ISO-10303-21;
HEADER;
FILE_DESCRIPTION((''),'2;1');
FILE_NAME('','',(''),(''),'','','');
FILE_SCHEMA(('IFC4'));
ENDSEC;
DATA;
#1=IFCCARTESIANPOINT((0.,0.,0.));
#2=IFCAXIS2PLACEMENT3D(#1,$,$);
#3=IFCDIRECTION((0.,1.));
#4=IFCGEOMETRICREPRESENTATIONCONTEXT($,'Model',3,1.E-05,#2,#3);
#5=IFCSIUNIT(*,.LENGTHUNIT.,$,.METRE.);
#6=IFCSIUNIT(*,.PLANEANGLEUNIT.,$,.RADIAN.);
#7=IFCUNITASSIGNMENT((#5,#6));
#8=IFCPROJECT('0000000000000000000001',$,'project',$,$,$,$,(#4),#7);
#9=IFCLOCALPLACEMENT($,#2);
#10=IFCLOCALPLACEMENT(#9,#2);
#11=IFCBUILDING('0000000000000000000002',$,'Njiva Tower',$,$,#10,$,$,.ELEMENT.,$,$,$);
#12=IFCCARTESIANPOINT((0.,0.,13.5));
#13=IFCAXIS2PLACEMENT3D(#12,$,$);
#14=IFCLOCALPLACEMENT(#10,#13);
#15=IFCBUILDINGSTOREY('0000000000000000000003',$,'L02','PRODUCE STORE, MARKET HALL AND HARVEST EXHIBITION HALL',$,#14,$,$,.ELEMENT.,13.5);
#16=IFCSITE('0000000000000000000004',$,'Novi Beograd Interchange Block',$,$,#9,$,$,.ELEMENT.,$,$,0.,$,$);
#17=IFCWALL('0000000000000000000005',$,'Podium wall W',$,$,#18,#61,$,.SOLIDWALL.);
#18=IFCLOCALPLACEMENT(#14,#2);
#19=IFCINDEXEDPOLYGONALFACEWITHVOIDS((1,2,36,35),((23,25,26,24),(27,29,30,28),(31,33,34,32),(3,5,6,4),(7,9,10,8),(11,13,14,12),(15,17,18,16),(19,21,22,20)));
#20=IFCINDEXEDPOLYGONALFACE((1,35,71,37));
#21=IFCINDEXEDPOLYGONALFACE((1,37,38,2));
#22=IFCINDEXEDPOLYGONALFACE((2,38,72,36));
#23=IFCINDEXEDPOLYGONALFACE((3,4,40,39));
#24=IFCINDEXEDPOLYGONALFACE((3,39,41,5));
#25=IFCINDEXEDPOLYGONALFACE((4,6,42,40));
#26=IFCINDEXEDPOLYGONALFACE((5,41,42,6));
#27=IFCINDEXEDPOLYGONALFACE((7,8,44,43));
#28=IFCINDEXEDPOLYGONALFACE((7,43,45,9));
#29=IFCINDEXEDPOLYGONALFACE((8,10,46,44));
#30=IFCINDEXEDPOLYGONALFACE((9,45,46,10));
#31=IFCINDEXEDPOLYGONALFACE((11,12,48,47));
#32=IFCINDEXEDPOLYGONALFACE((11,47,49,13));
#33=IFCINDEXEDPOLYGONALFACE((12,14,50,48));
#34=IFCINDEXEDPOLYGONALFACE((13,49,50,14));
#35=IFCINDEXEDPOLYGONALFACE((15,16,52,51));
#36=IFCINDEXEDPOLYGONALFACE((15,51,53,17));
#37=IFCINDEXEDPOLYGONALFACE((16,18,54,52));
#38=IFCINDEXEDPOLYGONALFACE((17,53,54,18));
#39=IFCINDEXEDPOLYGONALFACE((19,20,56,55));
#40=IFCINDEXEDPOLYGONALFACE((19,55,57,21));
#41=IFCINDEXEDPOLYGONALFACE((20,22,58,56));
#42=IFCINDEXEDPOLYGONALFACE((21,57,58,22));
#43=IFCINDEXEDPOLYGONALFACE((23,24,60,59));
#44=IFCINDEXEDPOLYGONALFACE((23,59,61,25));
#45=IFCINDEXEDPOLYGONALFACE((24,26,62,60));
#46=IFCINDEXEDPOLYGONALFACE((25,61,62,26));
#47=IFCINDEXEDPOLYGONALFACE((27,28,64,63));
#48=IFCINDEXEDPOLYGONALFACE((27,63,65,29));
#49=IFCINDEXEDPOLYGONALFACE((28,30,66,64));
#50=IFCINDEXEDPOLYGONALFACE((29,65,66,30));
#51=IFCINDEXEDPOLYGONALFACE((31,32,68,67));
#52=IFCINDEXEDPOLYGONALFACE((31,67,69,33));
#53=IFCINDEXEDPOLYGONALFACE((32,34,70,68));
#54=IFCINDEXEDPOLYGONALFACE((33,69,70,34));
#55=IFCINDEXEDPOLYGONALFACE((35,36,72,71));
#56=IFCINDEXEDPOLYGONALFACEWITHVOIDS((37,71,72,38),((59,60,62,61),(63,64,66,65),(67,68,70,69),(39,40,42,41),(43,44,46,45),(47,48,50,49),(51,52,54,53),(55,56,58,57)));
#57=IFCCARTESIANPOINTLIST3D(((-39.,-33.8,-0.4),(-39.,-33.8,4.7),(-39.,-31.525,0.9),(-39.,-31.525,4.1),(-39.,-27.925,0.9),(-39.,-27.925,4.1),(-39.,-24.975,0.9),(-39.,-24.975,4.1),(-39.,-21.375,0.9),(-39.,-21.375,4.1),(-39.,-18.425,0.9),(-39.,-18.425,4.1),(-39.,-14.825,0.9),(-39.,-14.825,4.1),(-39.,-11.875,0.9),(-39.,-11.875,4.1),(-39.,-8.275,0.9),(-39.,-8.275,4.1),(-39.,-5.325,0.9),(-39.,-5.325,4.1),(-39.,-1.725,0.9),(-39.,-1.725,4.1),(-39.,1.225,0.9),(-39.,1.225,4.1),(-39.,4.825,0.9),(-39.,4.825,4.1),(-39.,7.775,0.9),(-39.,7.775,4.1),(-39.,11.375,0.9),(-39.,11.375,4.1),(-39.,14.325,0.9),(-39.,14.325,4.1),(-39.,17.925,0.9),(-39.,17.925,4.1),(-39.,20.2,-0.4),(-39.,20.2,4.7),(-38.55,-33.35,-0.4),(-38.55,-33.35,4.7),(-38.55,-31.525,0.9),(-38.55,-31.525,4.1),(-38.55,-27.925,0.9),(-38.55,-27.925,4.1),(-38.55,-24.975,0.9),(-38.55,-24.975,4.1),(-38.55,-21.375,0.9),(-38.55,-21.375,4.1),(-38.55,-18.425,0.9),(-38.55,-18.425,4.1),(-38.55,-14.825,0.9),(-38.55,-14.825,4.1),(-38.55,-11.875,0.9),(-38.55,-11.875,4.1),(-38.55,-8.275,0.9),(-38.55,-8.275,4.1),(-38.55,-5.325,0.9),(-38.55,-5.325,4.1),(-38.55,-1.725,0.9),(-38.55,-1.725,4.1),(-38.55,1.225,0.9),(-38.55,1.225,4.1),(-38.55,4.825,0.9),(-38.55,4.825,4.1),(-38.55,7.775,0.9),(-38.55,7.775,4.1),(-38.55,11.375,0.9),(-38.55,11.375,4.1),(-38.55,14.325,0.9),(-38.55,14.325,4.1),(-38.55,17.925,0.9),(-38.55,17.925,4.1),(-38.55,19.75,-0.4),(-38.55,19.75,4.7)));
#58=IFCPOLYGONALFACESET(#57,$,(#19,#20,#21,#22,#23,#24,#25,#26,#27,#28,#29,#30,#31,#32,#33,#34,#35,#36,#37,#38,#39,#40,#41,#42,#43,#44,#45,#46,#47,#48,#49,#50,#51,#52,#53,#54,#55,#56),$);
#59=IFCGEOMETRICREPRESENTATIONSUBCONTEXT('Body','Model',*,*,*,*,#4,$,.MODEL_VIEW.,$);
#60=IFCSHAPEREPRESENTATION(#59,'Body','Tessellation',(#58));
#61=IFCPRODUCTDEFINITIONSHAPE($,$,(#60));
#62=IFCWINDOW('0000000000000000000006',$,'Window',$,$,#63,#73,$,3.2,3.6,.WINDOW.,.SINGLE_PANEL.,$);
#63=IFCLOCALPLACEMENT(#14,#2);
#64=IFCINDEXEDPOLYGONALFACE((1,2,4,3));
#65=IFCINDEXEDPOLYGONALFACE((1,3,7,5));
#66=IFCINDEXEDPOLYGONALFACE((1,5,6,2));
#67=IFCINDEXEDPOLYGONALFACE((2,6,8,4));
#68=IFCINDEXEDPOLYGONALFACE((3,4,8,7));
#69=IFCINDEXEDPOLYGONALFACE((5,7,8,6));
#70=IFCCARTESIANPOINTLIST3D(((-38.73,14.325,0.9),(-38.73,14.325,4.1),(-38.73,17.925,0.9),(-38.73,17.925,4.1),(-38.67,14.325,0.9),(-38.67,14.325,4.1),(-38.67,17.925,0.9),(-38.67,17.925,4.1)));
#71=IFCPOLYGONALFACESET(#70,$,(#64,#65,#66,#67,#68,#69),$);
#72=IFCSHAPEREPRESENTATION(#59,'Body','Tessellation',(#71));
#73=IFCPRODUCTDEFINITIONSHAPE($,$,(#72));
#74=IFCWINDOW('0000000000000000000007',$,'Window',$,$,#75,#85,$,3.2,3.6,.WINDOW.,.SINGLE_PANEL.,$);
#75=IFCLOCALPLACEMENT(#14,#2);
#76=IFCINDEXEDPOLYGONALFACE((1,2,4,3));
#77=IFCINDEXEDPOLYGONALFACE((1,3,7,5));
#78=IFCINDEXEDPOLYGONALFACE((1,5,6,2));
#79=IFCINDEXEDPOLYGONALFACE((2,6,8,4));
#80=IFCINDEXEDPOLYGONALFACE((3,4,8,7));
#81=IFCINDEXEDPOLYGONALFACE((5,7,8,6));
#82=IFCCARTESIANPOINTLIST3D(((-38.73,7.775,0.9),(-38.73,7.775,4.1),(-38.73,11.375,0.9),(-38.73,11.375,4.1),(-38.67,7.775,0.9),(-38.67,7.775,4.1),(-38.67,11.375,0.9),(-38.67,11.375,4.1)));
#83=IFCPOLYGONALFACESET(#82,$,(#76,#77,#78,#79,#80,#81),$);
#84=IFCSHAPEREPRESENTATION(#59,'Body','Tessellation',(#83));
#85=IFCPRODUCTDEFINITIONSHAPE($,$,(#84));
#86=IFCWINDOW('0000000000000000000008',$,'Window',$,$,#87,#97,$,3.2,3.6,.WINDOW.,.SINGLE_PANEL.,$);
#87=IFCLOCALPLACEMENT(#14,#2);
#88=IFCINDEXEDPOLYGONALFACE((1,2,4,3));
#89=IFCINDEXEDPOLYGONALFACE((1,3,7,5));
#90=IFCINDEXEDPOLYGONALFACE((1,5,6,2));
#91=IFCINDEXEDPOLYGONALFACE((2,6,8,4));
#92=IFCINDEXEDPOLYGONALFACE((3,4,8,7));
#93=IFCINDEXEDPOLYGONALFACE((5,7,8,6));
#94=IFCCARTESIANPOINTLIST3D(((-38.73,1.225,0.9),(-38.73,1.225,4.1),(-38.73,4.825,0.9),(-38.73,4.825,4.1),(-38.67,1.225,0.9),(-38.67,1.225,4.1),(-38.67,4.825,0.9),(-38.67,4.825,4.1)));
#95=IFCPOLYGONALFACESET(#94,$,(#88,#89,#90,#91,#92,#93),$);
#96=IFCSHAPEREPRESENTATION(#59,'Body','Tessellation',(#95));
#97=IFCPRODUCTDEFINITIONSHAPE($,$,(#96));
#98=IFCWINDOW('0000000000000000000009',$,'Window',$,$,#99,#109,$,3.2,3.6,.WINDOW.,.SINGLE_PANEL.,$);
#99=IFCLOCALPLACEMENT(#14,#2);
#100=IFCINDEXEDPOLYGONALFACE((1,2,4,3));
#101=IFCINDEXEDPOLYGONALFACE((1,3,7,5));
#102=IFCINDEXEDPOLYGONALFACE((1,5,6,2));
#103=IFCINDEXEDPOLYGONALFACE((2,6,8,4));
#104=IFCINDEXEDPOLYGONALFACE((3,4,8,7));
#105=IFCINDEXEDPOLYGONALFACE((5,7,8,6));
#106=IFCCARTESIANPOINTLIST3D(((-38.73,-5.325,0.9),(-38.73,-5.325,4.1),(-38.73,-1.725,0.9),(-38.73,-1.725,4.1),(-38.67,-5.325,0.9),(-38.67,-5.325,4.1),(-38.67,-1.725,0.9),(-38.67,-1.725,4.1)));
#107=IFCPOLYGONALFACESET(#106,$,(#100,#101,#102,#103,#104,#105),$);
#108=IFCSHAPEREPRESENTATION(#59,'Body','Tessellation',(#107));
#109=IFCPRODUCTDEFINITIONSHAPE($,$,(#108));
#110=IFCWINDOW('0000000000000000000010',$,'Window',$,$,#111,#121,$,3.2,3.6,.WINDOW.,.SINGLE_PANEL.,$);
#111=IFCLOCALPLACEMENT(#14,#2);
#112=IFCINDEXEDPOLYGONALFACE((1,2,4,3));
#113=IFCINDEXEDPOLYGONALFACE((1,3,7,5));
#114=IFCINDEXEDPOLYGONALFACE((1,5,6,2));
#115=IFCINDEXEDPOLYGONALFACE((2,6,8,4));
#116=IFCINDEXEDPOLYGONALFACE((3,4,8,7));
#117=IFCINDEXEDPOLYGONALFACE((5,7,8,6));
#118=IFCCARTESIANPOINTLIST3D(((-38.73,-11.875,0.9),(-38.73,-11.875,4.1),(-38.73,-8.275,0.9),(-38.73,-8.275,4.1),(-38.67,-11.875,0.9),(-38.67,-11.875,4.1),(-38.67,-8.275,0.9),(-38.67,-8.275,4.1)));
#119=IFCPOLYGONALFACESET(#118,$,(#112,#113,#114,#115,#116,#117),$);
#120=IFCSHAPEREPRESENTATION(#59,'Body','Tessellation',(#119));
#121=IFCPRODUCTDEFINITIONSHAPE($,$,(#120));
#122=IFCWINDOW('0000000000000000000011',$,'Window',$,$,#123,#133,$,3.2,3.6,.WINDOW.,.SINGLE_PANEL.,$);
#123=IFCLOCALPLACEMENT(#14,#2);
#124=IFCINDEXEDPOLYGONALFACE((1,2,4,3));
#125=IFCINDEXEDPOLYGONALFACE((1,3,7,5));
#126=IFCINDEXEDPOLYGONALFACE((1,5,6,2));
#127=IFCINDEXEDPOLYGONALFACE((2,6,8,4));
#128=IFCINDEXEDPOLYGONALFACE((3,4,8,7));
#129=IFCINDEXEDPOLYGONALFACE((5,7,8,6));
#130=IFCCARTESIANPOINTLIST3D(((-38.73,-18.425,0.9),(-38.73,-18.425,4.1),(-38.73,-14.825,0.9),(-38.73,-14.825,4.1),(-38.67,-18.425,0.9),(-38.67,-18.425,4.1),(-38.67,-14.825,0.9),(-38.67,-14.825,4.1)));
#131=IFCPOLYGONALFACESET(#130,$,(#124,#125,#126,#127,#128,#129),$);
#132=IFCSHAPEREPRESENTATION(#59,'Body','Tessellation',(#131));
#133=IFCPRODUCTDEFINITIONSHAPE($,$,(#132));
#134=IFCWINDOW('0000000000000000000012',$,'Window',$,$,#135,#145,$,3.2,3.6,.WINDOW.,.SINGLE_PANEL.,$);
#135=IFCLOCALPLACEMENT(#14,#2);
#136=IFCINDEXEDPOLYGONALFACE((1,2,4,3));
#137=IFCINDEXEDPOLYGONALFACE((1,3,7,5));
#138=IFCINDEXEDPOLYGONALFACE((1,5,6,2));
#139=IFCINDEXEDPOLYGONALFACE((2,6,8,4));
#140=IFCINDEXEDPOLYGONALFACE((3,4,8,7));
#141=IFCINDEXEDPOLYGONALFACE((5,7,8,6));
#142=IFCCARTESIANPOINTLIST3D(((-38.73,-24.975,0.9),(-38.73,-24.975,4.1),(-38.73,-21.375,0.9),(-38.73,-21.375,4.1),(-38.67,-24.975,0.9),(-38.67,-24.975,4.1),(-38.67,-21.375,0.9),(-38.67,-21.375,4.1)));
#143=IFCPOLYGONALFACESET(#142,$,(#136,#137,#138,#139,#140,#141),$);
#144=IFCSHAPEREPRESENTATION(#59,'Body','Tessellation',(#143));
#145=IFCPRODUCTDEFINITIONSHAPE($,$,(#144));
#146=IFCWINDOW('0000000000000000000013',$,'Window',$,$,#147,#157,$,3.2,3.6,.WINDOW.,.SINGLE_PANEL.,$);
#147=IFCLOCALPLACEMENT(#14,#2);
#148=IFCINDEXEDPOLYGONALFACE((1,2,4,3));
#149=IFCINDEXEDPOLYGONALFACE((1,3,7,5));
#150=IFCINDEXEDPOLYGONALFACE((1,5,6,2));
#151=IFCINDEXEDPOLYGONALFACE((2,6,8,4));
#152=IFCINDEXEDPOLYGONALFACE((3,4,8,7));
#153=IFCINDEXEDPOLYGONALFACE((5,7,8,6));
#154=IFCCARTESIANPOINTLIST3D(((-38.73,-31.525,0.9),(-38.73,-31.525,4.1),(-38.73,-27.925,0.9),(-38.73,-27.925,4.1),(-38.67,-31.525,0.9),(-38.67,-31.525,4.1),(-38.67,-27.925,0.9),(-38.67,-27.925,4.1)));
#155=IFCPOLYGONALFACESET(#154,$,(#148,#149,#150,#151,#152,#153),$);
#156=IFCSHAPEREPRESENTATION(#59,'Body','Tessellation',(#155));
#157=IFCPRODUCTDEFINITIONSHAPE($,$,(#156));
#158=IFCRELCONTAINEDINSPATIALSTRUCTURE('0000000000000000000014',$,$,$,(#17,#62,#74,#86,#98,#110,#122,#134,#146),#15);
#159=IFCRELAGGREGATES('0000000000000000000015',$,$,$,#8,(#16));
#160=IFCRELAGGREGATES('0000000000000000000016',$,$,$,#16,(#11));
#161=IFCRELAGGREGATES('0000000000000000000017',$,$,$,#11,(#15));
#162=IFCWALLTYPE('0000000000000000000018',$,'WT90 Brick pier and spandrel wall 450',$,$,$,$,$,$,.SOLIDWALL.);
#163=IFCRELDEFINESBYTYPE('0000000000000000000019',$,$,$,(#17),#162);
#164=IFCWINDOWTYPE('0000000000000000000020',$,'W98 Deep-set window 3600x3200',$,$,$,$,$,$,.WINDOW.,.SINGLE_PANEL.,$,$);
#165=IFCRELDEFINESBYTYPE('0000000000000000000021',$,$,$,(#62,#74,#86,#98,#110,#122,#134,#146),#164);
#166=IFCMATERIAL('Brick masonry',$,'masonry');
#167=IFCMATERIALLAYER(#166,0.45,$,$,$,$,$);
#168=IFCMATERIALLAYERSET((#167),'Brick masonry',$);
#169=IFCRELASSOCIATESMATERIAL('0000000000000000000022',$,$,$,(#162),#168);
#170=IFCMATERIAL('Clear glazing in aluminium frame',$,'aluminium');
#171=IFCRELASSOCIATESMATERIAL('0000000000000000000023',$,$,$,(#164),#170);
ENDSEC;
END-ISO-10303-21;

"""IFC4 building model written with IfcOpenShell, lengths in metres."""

from ifc_helpers import new_model, si_unit, direction, frame, frame_2d, origin, place, context, subcontext, project, spatial, polyline, rectangle, outline, extrude, material, layer, layer_set, type_object, element, fill, save


model = new_model("IFC4")

# Units and contexts
model_context = context("Model", 3, precision=1e-05, world=origin(), true_north=direction((0.0, 1.0)))
body_context = subcontext(model_context, "Body", "Model", "MODEL_VIEW")
ifc_project = project(units=[si_unit("LENGTHUNIT", "METRE"), si_unit("PLANEANGLEUNIT", "RADIAN")], contexts=[model_context])

# Site, building, storey
site_placement = place(None, origin())
site = spatial("IfcSite", under=ifc_project, at=site_placement, Name="Novi Beograd Interchange Block", CompositionType="ELEMENT", RefElevation=0.0)
building_placement = place(site_placement, origin())
building = spatial("IfcBuilding", under=site, at=building_placement, Name="Njiva Tower", CompositionType="ELEMENT")
storey_placement = place(building_placement, frame((0.0, 0.0, 13.5)))
storey = spatial("IfcBuildingStorey", under=building, at=storey_placement, Name="L02", Description="PRODUCE STORE, MARKET HALL AND HARVEST EXHIBITION HALL", CompositionType="ELEMENT", Elevation=13.5)

# Wall, openings, windows
ifc_material_1 = material(Name="Brick masonry", Category="masonry")
ifc_layer = layer(ifc_material_1, 0.45)
ifc_layer_set = layer_set([ifc_layer], Name="Brick masonry")
wall_type = type_object("IfcWallType", Name="WT90 Brick pier and spandrel wall 450", PredefinedType="SOLIDWALL", material=ifc_layer_set)
wall_placement = place(storey_placement, frame((-38.775, 19.975, -0.4), z_axis=(0.0, 0.0, 1.0), x_axis=(0.0, -1.0, 0.0)))
wall = element("IfcWall", 1, at=wall_placement, inside=storey, type_object=wall_type, Name="Podium wall W", PredefinedType="SOLIDWALL", context=body_context, shape_type="SweptSolid", body=[
    extrude(outline(polyline([(-0.225, -0.225), (53.775, -0.225), (53.325, 0.225), (0.225, 0.225), (-0.225, -0.225)])), origin(), (0.0, 0.0, 1.0), 5.1),
])
opening_1_placement = place(wall_placement, frame((2.05, 0.0, 1.3)))
opening_1 = element("IfcOpeningElement", 2, at=opening_1_placement, cuts=wall, PredefinedType="OPENING", context=body_context, shape_type="SweptSolid", body=[
    extrude(rectangle(XDim=3.6, YDim=3.2, at=frame_2d((1.8, 1.6))), frame((0.0, 0.235, 0.0), z_axis=(0.0, -1.0, 0.0), x_axis=(1.0, 0.0, 0.0)), (0.0, 0.0, 1.0), 0.47),
])
opening_2_placement = place(wall_placement, frame((8.6, 0.0, 1.3)))
opening_2 = element("IfcOpeningElement", 3, at=opening_2_placement, cuts=wall, PredefinedType="OPENING", context=body_context, shape_type="SweptSolid", body=[
    extrude(rectangle(XDim=3.6, YDim=3.2, at=frame_2d((1.8, 1.6))), frame((0.0, 0.235, 0.0), z_axis=(0.0, -1.0, 0.0), x_axis=(1.0, 0.0, 0.0)), (0.0, 0.0, 1.0), 0.47),
])
opening_3_placement = place(wall_placement, frame((15.15, 0.0, 1.3)))
opening_3 = element("IfcOpeningElement", 4, at=opening_3_placement, cuts=wall, PredefinedType="OPENING", context=body_context, shape_type="SweptSolid", body=[
    extrude(rectangle(XDim=3.6, YDim=3.2, at=frame_2d((1.8, 1.6))), frame((0.0, 0.235, 0.0), z_axis=(0.0, -1.0, 0.0), x_axis=(1.0, 0.0, 0.0)), (0.0, 0.0, 1.0), 0.47),
])
opening_4_placement = place(wall_placement, frame((21.7, 0.0, 1.3)))
opening_4 = element("IfcOpeningElement", 5, at=opening_4_placement, cuts=wall, PredefinedType="OPENING", context=body_context, shape_type="SweptSolid", body=[
    extrude(rectangle(XDim=3.6, YDim=3.2, at=frame_2d((1.8, 1.6))), frame((0.0, 0.235, 0.0), z_axis=(0.0, -1.0, 0.0), x_axis=(1.0, 0.0, 0.0)), (0.0, 0.0, 1.0), 0.47),
])
opening_5_placement = place(wall_placement, frame((28.25, 0.0, 1.3)))
opening_5 = element("IfcOpeningElement", 6, at=opening_5_placement, cuts=wall, PredefinedType="OPENING", context=body_context, shape_type="SweptSolid", body=[
    extrude(rectangle(XDim=3.6, YDim=3.2, at=frame_2d((1.8, 1.6))), frame((0.0, 0.235, 0.0), z_axis=(0.0, -1.0, 0.0), x_axis=(1.0, 0.0, 0.0)), (0.0, 0.0, 1.0), 0.47),
])
opening_6_placement = place(wall_placement, frame((34.8, 0.0, 1.3)))
opening_6 = element("IfcOpeningElement", 7, at=opening_6_placement, cuts=wall, PredefinedType="OPENING", context=body_context, shape_type="SweptSolid", body=[
    extrude(rectangle(XDim=3.6, YDim=3.2, at=frame_2d((1.8, 1.6))), frame((0.0, 0.235, 0.0), z_axis=(0.0, -1.0, 0.0), x_axis=(1.0, 0.0, 0.0)), (0.0, 0.0, 1.0), 0.47),
])
opening_7_placement = place(wall_placement, frame((41.35, 0.0, 1.3)))
opening_7 = element("IfcOpeningElement", 8, at=opening_7_placement, cuts=wall, PredefinedType="OPENING", context=body_context, shape_type="SweptSolid", body=[
    extrude(rectangle(XDim=3.6, YDim=3.2, at=frame_2d((1.8, 1.6))), frame((0.0, 0.235, 0.0), z_axis=(0.0, -1.0, 0.0), x_axis=(1.0, 0.0, 0.0)), (0.0, 0.0, 1.0), 0.47),
])
opening_8_placement = place(wall_placement, frame((47.9, 0.0, 1.3)))
opening_8 = element("IfcOpeningElement", 9, at=opening_8_placement, cuts=wall, PredefinedType="OPENING", context=body_context, shape_type="SweptSolid", body=[
    extrude(rectangle(XDim=3.6, YDim=3.2, at=frame_2d((1.8, 1.6))), frame((0.0, 0.235, 0.0), z_axis=(0.0, -1.0, 0.0), x_axis=(1.0, 0.0, 0.0)), (0.0, 0.0, 1.0), 0.47),
])
ifc_material_2 = material(Name="Clear glazing in aluminium frame", Category="aluminium")
window_type = type_object("IfcWindowType", Name="W98 Deep-set window 3600x3200", PartitioningType="SINGLE_PANEL", PredefinedType="WINDOW", material=ifc_material_2)
window_1_placement = place(opening_1_placement, origin())
window_1 = element("IfcWindow", 10, at=window_1_placement, inside=storey, type_object=window_type, Name="Window", OverallHeight=3.2, OverallWidth=3.6, PartitioningType="SINGLE_PANEL", PredefinedType="WINDOW", context=body_context, shape_type="SweptSolid", body=[
    extrude(rectangle(XDim=3.6, YDim=3.2, at=frame_2d((1.8, 1.6))), frame((0.0, 0.105, 0.0), z_axis=(0.0, -1.0, 0.0), x_axis=(1.0, 0.0, 0.0)), (0.0, 0.0, 1.0), 0.06),
])
fill(opening_1, window_1)
window_2_placement = place(opening_2_placement, origin())
window_2 = element("IfcWindow", 11, at=window_2_placement, inside=storey, type_object=window_type, Name="Window", OverallHeight=3.2, OverallWidth=3.6, PartitioningType="SINGLE_PANEL", PredefinedType="WINDOW", context=body_context, shape_type="SweptSolid", body=[
    extrude(rectangle(XDim=3.6, YDim=3.2, at=frame_2d((1.8, 1.6))), frame((0.0, 0.105, 0.0), z_axis=(0.0, -1.0, 0.0), x_axis=(1.0, 0.0, 0.0)), (0.0, 0.0, 1.0), 0.06),
])
fill(opening_2, window_2)
window_3_placement = place(opening_3_placement, origin())
window_3 = element("IfcWindow", 12, at=window_3_placement, inside=storey, type_object=window_type, Name="Window", OverallHeight=3.2, OverallWidth=3.6, PartitioningType="SINGLE_PANEL", PredefinedType="WINDOW", context=body_context, shape_type="SweptSolid", body=[
    extrude(rectangle(XDim=3.6, YDim=3.2, at=frame_2d((1.8, 1.6))), frame((0.0, 0.105, 0.0), z_axis=(0.0, -1.0, 0.0), x_axis=(1.0, 0.0, 0.0)), (0.0, 0.0, 1.0), 0.06),
])
fill(opening_3, window_3)
window_4_placement = place(opening_4_placement, origin())
window_4 = element("IfcWindow", 13, at=window_4_placement, inside=storey, type_object=window_type, Name="Window", OverallHeight=3.2, OverallWidth=3.6, PartitioningType="SINGLE_PANEL", PredefinedType="WINDOW", context=body_context, shape_type="SweptSolid", body=[
    extrude(rectangle(XDim=3.6, YDim=3.2, at=frame_2d((1.8, 1.6))), frame((0.0, 0.105, 0.0), z_axis=(0.0, -1.0, 0.0), x_axis=(1.0, 0.0, 0.0)), (0.0, 0.0, 1.0), 0.06),
])
fill(opening_4, window_4)
window_5_placement = place(opening_5_placement, origin())
window_5 = element("IfcWindow", 14, at=window_5_placement, inside=storey, type_object=window_type, Name="Window", OverallHeight=3.2, OverallWidth=3.6, PartitioningType="SINGLE_PANEL", PredefinedType="WINDOW", context=body_context, shape_type="SweptSolid", body=[
    extrude(rectangle(XDim=3.6, YDim=3.2, at=frame_2d((1.8, 1.6))), frame((0.0, 0.105, 0.0), z_axis=(0.0, -1.0, 0.0), x_axis=(1.0, 0.0, 0.0)), (0.0, 0.0, 1.0), 0.06),
])
fill(opening_5, window_5)
window_6_placement = place(opening_6_placement, origin())
window_6 = element("IfcWindow", 15, at=window_6_placement, inside=storey, type_object=window_type, Name="Window", OverallHeight=3.2, OverallWidth=3.6, PartitioningType="SINGLE_PANEL", PredefinedType="WINDOW", context=body_context, shape_type="SweptSolid", body=[
    extrude(rectangle(XDim=3.6, YDim=3.2, at=frame_2d((1.8, 1.6))), frame((0.0, 0.105, 0.0), z_axis=(0.0, -1.0, 0.0), x_axis=(1.0, 0.0, 0.0)), (0.0, 0.0, 1.0), 0.06),
])
fill(opening_6, window_6)
window_7_placement = place(opening_7_placement, origin())
window_7 = element("IfcWindow", 16, at=window_7_placement, inside=storey, type_object=window_type, Name="Window", OverallHeight=3.2, OverallWidth=3.6, PartitioningType="SINGLE_PANEL", PredefinedType="WINDOW", context=body_context, shape_type="SweptSolid", body=[
    extrude(rectangle(XDim=3.6, YDim=3.2, at=frame_2d((1.8, 1.6))), frame((0.0, 0.105, 0.0), z_axis=(0.0, -1.0, 0.0), x_axis=(1.0, 0.0, 0.0)), (0.0, 0.0, 1.0), 0.06),
])
fill(opening_7, window_7)
window_8_placement = place(opening_8_placement, origin())
window_8 = element("IfcWindow", 17, at=window_8_placement, inside=storey, type_object=window_type, Name="Window", OverallHeight=3.2, OverallWidth=3.6, PartitioningType="SINGLE_PANEL", PredefinedType="WINDOW", context=body_context, shape_type="SweptSolid", body=[
    extrude(rectangle(XDim=3.6, YDim=3.2, at=frame_2d((1.8, 1.6))), frame((0.0, 0.105, 0.0), z_axis=(0.0, -1.0, 0.0), x_axis=(1.0, 0.0, 0.0)), (0.0, 0.0, 1.0), 0.06),
])
fill(opening_8, window_8)

save(model, "model.ifc")
